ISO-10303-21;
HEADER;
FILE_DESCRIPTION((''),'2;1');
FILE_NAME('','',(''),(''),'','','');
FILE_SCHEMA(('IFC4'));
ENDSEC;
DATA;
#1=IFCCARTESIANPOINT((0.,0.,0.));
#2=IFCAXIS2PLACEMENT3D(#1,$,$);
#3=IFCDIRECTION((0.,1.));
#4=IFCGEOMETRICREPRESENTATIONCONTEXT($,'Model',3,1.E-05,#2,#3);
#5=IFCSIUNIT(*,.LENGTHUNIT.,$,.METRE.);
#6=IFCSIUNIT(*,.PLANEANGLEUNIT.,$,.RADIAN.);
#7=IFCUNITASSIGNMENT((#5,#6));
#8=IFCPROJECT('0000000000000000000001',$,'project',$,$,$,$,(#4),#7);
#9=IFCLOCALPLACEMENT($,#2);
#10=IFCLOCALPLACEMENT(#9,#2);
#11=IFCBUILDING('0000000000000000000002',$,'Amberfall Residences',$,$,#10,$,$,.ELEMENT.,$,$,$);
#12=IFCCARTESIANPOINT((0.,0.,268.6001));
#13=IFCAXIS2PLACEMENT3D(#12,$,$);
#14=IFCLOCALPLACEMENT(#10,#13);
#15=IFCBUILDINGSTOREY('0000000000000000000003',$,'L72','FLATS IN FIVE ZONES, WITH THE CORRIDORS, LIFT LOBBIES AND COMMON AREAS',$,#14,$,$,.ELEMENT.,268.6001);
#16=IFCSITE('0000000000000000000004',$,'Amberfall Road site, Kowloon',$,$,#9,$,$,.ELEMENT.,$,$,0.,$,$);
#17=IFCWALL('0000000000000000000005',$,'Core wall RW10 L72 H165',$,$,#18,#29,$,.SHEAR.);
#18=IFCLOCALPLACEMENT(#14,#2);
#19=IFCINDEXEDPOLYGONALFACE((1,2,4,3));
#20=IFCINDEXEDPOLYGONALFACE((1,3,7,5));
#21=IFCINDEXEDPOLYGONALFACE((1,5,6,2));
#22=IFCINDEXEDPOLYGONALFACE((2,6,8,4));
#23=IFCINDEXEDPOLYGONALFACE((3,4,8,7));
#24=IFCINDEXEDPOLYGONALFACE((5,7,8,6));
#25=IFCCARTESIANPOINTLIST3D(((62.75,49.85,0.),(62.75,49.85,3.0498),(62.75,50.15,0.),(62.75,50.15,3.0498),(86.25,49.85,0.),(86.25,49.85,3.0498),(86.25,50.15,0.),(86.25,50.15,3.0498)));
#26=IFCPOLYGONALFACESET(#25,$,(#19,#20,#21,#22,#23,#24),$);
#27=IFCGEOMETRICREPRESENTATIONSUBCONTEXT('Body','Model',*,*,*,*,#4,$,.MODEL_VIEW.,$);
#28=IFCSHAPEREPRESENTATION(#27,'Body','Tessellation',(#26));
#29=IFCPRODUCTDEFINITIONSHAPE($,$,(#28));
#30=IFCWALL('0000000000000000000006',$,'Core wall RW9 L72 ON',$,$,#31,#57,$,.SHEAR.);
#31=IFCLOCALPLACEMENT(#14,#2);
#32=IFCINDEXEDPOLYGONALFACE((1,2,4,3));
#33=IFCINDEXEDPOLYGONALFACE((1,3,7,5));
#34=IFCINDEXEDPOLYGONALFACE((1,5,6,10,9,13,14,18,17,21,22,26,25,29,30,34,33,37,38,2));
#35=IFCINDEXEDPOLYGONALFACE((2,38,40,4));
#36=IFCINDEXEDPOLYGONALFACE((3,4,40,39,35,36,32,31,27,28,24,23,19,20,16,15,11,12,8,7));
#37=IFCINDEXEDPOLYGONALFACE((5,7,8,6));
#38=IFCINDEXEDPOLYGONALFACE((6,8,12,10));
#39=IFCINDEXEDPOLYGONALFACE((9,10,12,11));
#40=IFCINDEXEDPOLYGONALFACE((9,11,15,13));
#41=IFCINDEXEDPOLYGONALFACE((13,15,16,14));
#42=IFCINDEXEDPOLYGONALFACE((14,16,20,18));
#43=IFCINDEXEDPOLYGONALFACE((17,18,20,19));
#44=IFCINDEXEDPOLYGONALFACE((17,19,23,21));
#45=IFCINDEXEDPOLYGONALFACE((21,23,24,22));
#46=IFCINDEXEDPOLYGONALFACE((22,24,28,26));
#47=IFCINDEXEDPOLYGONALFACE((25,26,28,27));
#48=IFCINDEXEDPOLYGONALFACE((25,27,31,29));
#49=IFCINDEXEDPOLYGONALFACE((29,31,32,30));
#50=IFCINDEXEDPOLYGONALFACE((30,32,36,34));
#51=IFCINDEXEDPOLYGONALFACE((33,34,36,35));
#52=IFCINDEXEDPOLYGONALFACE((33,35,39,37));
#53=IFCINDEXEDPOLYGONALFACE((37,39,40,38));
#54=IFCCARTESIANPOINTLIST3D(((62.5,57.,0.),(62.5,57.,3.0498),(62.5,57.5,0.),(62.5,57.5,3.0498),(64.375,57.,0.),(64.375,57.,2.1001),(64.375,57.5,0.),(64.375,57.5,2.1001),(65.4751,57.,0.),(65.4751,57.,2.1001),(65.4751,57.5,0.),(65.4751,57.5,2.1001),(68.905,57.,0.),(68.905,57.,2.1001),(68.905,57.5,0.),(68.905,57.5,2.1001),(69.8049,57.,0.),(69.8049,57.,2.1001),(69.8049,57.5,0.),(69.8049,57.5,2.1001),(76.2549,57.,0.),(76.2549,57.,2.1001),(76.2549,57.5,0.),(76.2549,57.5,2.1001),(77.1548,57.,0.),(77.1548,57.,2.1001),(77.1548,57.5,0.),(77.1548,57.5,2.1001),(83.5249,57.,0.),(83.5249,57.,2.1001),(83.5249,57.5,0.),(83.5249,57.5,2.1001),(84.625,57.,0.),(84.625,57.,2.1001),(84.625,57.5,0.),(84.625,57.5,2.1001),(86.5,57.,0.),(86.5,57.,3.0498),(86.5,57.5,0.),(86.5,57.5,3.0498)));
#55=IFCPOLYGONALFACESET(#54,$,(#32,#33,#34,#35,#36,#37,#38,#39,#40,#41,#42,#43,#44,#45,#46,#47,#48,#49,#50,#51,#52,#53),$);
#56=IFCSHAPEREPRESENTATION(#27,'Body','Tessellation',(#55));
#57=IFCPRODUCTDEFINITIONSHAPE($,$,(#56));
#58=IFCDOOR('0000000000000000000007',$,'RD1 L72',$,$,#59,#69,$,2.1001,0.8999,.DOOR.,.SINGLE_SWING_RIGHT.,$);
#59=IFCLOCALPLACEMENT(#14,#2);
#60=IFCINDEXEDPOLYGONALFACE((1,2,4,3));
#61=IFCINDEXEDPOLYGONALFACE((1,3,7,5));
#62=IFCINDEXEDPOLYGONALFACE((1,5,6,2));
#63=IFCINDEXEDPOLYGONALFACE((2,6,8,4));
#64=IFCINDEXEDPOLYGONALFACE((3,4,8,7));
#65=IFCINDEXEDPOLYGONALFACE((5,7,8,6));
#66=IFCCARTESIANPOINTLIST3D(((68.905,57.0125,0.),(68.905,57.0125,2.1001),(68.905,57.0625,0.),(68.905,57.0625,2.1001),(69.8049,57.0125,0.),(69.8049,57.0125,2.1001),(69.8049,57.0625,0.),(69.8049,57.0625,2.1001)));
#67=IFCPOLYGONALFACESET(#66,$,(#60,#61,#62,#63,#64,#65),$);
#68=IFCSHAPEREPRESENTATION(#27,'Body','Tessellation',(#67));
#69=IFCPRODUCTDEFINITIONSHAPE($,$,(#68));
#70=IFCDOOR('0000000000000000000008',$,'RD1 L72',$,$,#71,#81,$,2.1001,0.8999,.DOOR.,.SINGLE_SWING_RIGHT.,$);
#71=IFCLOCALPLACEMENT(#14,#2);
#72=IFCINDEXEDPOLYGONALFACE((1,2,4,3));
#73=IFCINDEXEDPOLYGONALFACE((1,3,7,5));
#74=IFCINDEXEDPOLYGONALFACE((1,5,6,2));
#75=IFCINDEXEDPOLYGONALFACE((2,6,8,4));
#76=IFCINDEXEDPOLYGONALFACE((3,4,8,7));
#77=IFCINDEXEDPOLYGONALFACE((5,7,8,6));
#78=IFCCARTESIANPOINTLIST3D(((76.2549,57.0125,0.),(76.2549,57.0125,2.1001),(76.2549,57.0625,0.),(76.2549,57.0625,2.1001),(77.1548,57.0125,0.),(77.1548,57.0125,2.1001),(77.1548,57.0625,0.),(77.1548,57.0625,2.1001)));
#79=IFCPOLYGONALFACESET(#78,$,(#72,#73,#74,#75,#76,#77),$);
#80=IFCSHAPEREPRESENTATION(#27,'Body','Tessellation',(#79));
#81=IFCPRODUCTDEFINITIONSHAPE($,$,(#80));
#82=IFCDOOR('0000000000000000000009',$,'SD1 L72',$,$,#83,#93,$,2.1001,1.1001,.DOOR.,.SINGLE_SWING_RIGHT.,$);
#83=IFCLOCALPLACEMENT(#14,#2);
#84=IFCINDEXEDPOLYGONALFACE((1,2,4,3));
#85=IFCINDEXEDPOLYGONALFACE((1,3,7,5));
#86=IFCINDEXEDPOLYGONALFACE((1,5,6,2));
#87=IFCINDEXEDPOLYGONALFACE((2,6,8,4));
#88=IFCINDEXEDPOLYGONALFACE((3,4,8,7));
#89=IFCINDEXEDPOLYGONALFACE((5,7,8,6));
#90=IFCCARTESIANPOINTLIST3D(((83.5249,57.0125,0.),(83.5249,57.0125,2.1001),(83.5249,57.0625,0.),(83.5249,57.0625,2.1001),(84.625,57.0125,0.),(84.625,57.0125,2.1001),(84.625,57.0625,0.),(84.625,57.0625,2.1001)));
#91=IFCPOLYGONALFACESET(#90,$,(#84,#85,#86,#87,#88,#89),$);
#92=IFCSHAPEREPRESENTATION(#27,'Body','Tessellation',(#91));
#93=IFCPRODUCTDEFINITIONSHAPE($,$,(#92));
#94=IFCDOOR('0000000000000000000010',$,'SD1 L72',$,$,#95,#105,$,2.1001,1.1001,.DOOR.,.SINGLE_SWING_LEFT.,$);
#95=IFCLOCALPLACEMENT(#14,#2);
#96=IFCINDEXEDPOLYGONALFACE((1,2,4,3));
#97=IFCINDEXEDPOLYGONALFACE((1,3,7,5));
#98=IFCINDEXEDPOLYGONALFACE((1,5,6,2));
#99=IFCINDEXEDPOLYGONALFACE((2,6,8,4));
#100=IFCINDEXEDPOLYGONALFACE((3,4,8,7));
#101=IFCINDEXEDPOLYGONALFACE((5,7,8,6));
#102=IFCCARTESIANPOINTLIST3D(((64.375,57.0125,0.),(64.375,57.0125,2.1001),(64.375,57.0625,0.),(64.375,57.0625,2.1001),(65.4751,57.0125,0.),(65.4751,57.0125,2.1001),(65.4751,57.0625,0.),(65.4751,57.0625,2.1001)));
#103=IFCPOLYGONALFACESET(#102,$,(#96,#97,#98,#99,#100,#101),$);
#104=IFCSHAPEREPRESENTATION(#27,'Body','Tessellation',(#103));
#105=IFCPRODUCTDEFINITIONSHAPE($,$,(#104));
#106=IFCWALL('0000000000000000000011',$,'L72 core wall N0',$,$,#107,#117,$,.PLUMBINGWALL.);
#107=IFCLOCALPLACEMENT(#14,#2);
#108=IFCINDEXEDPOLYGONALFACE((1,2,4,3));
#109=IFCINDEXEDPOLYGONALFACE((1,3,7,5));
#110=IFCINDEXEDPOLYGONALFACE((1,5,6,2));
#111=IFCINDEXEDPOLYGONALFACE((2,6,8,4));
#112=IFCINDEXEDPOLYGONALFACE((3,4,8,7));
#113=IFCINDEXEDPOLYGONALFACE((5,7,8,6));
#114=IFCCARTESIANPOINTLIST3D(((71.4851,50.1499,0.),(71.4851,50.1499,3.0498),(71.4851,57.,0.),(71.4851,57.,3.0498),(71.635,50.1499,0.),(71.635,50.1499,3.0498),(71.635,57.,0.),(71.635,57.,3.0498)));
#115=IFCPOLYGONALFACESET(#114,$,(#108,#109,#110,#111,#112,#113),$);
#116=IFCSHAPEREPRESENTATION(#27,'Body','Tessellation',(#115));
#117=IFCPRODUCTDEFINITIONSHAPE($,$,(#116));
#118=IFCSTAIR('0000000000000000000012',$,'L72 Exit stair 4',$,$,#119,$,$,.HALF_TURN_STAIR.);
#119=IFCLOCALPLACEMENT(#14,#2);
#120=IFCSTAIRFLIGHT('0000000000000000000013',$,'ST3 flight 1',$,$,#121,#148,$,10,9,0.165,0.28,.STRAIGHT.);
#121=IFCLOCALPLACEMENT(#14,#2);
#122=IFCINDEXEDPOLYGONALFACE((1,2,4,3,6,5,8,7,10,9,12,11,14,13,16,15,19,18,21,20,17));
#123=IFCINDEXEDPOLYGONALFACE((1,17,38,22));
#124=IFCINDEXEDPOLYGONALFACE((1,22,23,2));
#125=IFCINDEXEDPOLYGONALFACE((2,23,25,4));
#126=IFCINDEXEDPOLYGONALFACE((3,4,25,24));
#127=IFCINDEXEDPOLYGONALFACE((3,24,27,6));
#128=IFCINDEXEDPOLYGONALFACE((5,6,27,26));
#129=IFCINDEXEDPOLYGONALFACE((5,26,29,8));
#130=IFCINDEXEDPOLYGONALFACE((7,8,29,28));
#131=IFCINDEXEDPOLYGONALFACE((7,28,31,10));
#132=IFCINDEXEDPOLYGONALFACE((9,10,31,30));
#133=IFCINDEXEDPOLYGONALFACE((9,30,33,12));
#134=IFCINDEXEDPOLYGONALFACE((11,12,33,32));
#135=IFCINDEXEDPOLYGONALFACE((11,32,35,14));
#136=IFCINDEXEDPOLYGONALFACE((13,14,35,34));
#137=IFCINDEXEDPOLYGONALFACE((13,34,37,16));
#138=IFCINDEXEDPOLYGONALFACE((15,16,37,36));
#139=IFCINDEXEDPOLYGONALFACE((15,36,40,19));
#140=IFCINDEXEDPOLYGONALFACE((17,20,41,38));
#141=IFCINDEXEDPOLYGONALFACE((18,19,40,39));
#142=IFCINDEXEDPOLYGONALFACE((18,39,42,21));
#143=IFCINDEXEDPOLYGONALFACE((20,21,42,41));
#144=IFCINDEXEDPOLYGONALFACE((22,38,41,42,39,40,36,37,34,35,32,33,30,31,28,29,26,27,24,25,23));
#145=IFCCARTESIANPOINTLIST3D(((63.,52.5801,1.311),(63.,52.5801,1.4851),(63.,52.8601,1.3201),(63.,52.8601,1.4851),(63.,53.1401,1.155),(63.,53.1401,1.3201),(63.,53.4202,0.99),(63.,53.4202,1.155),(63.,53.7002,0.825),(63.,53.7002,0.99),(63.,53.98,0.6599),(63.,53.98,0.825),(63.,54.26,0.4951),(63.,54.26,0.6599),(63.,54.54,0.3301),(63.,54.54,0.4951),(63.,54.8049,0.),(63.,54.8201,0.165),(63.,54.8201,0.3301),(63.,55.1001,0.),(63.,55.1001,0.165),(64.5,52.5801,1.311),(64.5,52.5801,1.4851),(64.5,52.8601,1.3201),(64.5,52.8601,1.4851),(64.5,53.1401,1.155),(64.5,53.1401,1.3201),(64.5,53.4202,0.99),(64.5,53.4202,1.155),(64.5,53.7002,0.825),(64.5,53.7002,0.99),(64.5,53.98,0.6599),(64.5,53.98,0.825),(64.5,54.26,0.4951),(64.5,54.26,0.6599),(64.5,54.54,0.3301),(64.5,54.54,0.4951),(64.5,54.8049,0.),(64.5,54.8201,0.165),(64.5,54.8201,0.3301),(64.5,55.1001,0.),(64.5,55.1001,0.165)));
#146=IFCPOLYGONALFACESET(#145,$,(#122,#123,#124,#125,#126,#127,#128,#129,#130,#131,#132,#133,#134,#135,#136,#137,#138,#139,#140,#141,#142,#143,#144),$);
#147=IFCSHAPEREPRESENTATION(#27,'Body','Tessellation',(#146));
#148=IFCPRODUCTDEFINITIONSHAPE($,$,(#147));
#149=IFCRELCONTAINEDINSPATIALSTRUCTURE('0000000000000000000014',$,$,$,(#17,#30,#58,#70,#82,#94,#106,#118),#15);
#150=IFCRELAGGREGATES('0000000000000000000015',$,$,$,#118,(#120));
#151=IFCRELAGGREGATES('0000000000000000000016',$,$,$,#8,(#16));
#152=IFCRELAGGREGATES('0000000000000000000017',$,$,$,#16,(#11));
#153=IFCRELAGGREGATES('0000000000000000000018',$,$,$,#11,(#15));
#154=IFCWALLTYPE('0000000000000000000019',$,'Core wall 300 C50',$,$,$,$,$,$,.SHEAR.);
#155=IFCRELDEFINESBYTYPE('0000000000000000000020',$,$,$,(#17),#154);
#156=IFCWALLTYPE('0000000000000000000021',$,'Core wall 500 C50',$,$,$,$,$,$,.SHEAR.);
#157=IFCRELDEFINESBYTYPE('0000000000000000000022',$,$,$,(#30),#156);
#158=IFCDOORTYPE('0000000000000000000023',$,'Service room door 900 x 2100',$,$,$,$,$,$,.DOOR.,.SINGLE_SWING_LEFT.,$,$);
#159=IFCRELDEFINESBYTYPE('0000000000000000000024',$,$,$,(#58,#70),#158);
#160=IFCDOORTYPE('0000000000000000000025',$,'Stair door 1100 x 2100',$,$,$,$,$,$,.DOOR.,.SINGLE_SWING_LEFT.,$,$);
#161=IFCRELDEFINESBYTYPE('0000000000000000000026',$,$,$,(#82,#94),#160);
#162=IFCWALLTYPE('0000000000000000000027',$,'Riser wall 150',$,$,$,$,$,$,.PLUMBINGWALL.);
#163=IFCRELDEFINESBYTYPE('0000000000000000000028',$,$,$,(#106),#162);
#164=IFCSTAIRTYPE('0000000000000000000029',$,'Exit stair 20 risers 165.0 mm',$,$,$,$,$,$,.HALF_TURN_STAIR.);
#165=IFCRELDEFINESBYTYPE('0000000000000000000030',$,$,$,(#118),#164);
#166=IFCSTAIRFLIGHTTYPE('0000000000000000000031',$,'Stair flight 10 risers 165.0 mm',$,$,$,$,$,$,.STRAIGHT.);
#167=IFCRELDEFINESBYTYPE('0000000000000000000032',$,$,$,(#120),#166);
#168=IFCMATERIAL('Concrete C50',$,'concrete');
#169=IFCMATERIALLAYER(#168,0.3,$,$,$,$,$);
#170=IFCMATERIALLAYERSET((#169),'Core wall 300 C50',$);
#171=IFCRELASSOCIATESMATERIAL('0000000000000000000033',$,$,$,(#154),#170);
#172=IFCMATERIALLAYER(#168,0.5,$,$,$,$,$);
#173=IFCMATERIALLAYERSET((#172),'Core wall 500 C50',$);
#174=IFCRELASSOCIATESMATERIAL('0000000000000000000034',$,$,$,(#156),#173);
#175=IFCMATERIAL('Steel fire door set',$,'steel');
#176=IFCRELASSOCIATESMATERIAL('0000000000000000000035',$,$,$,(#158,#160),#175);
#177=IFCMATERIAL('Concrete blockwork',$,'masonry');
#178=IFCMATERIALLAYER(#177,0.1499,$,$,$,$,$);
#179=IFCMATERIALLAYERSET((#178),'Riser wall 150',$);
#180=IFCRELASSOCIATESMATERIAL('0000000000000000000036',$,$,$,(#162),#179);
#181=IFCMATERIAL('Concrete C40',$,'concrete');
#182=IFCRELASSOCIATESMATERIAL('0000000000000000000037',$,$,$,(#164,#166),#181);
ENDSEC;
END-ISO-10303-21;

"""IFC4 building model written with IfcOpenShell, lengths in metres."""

from ifc_helpers import new_model, si_unit, direction, frame, frame_2d, origin, place, context, subcontext, project, spatial, polyline, rectangle, outline, extrude, material, layer, layer_set, type_object, element, fill, aggregate, save


model = new_model("IFC4")

# Units and contexts
model_context = context("Model", 3, precision=1e-05, world=origin(), true_north=direction((0.0, 1.0)))
body_context = subcontext(model_context, "Body", "Model", "MODEL_VIEW")
ifc_project = project(units=[si_unit("LENGTHUNIT", "METRE"), si_unit("PLANEANGLEUNIT", "RADIAN")], contexts=[model_context])

# Site, building, storey
site_placement = place(None, origin())
site = spatial("IfcSite", under=ifc_project, at=site_placement, Name="Amberfall Road site, Kowloon", CompositionType="ELEMENT", RefElevation=0.0)
building_placement = place(site_placement, origin())
building = spatial("IfcBuilding", under=site, at=building_placement, Name="Amberfall Residences", CompositionType="ELEMENT")
storey_placement = place(building_placement, frame((0.0, 0.0, 268.6001)))
storey = spatial("IfcBuildingStorey", under=building, at=storey_placement, Name="L72", Description="FLATS IN FIVE ZONES, WITH THE CORRIDORS, LIFT LOBBIES AND COMMON AREAS", CompositionType="ELEMENT", Elevation=268.6001)

# Wall
ifc_material_1 = material(Name="Concrete C50", Category="concrete")
ifc_layer_1 = layer(ifc_material_1, 0.3)
ifc_layer_set_1 = layer_set([ifc_layer_1], Name="Core wall 300 C50")
wall_type_1 = type_object("IfcWallType", Name="Core wall 300 C50", PredefinedType="SHEAR", material=ifc_layer_set_1)
wall_1_placement = place(storey_placement, frame((62.75, 50.0, 0.0), z_axis=(0.0, 0.0, 1.0), x_axis=(1.0, 0.0, 0.0)))
element("IfcWall", 1, at=wall_1_placement, inside=storey, type_object=wall_type_1, Name="Core wall RW10 L72 H165", PredefinedType="SHEAR", context=body_context, shape_type="SweptSolid", body=[
    extrude(rectangle(XDim=23.5, YDim=0.3, at=frame_2d((11.75, 0.0))), origin(), (0.0, 0.0, 1.0), 3.0498),
])

# Wall, openings, doors
ifc_layer_2 = layer(ifc_material_1, 0.5)
ifc_layer_set_2 = layer_set([ifc_layer_2], Name="Core wall 500 C50")
wall_type_2 = type_object("IfcWallType", Name="Core wall 500 C50", PredefinedType="SHEAR", material=ifc_layer_set_2)
wall_2_placement = place(storey_placement, frame((62.5, 57.25, 0.0), z_axis=(0.0, 0.0, 1.0), x_axis=(1.0, 0.0, 0.0)))
wall_2 = element("IfcWall", 2, at=wall_2_placement, inside=storey, type_object=wall_type_2, Name="Core wall RW9 L72 ON", PredefinedType="SHEAR", context=body_context, shape_type="SweptSolid", body=[
    extrude(rectangle(XDim=24.0, YDim=0.5, at=frame_2d((12.0, 0.0))), origin(), (0.0, 0.0, 1.0), 3.0498),
])
opening_1_placement = place(wall_2_placement, frame((21.0249, 0.0, 0.0)))
opening_1 = element("IfcOpeningElement", 3, at=opening_1_placement, cuts=wall_2, PredefinedType="OPENING", context=body_context, shape_type="SweptSolid", body=[
    extrude(rectangle(XDim=1.1001, YDim=2.1001, at=frame_2d((0.55, 1.05))), frame((0.0, 0.26, 0.0), z_axis=(0.0, -1.0, 0.0), x_axis=(1.0, 0.0, 0.0)), (0.0, 0.0, 1.0), 0.52),
])
opening_2_placement = place(wall_2_placement, frame((1.875, 0.0, 0.0)))
opening_2 = element("IfcOpeningElement", 4, at=opening_2_placement, cuts=wall_2, PredefinedType="OPENING", context=body_context, shape_type="SweptSolid", body=[
    extrude(rectangle(XDim=1.1001, YDim=2.1001, at=frame_2d((0.55, 1.05))), frame((0.0, 0.26, 0.0), z_axis=(0.0, -1.0, 0.0), x_axis=(1.0, 0.0, 0.0)), (0.0, 0.0, 1.0), 0.52),
])
opening_3_placement = place(wall_2_placement, frame((6.405, 0.0, 0.0)))
opening_3 = element("IfcOpeningElement", 5, at=opening_3_placement, cuts=wall_2, PredefinedType="OPENING", context=body_context, shape_type="SweptSolid", body=[
    extrude(rectangle(XDim=0.8999, YDim=2.1001, at=frame_2d((0.45, 1.05))), frame((0.0, 0.26, 0.0), z_axis=(0.0, -1.0, 0.0), x_axis=(1.0, 0.0, 0.0)), (0.0, 0.0, 1.0), 0.52),
])
opening_4_placement = place(wall_2_placement, frame((13.7549, 0.0, 0.0)))
opening_4 = element("IfcOpeningElement", 6, at=opening_4_placement, cuts=wall_2, PredefinedType="OPENING", context=body_context, shape_type="SweptSolid", body=[
    extrude(rectangle(XDim=0.8999, YDim=2.1001, at=frame_2d((0.45, 1.05))), frame((0.0, 0.26, 0.0), z_axis=(0.0, -1.0, 0.0), x_axis=(1.0, 0.0, 0.0)), (0.0, 0.0, 1.0), 0.52),
])
ifc_material_2 = material(Name="Steel fire door set", Category="steel")
door_type_1 = type_object("IfcDoorType", Name="Service room door 900 x 2100", OperationType="SINGLE_SWING_LEFT", PredefinedType="DOOR", material=ifc_material_2)
door_1_placement = place(opening_3_placement, origin())
door_1 = element("IfcDoor", 7, at=door_1_placement, inside=storey, type_object=door_type_1, Name="RD1 L72", OperationType="SINGLE_SWING_RIGHT", OverallHeight=2.1001, OverallWidth=0.8999, PredefinedType="DOOR", context=body_context, shape_type="SweptSolid", body=[
    extrude(rectangle(XDim=0.8999, YDim=2.1001, at=frame_2d((0.45, 1.05))), frame((0.0, -0.1875, 0.0), z_axis=(0.0, -1.0, 0.0), x_axis=(1.0, 0.0, 0.0)), (0.0, 0.0, 1.0), 0.05),
])
fill(opening_3, door_1)
door_2_placement = place(opening_4_placement, origin())
door_2 = element("IfcDoor", 8, at=door_2_placement, inside=storey, type_object=door_type_1, Name="RD1 L72", OperationType="SINGLE_SWING_RIGHT", OverallHeight=2.1001, OverallWidth=0.8999, PredefinedType="DOOR", context=body_context, shape_type="SweptSolid", body=[
    extrude(rectangle(XDim=0.8999, YDim=2.1001, at=frame_2d((0.45, 1.05))), frame((0.0, -0.1875, 0.0), z_axis=(0.0, -1.0, 0.0), x_axis=(1.0, 0.0, 0.0)), (0.0, 0.0, 1.0), 0.05),
])
fill(opening_4, door_2)
door_type_2 = type_object("IfcDoorType", Name="Stair door 1100 x 2100", OperationType="SINGLE_SWING_LEFT", PredefinedType="DOOR", material=ifc_material_2)
door_3_placement = place(opening_1_placement, origin())
door_3 = element("IfcDoor", 9, at=door_3_placement, inside=storey, type_object=door_type_2, Name="SD1 L72", OperationType="SINGLE_SWING_RIGHT", OverallHeight=2.1001, OverallWidth=1.1001, PredefinedType="DOOR", context=body_context, shape_type="SweptSolid", body=[
    extrude(rectangle(XDim=1.1001, YDim=2.1001, at=frame_2d((0.55, 1.05))), frame((0.0, -0.1875, 0.0), z_axis=(0.0, -1.0, 0.0), x_axis=(1.0, 0.0, 0.0)), (0.0, 0.0, 1.0), 0.05),
])
fill(opening_1, door_3)
door_4_placement = place(opening_2_placement, origin())
door_4 = element("IfcDoor", 10, at=door_4_placement, inside=storey, type_object=door_type_2, Name="SD1 L72", OperationType="SINGLE_SWING_LEFT", OverallHeight=2.1001, OverallWidth=1.1001, PredefinedType="DOOR", context=body_context, shape_type="SweptSolid", body=[
    extrude(rectangle(XDim=1.1001, YDim=2.1001, at=frame_2d((0.55, 1.05))), frame((0.0, -0.1875, 0.0), z_axis=(0.0, -1.0, 0.0), x_axis=(1.0, 0.0, 0.0)), (0.0, 0.0, 1.0), 0.05),
])
fill(opening_2, door_4)

# Wall
ifc_material_3 = material(Name="Concrete blockwork", Category="masonry")
ifc_layer_3 = layer(ifc_material_3, 0.1499)
ifc_layer_set_3 = layer_set([ifc_layer_3], Name="Riser wall 150")
wall_type_3 = type_object("IfcWallType", Name="Riser wall 150", PredefinedType="PLUMBINGWALL", material=ifc_layer_set_3)
wall_3_placement = place(storey_placement, frame((71.5601, 50.1499, 0.0), z_axis=(0.0, 0.0, 1.0), x_axis=(0.0, 1.0, 0.0)))
element("IfcWall", 11, at=wall_3_placement, inside=storey, type_object=wall_type_3, Name="L72 core wall N0", PredefinedType="PLUMBINGWALL", context=body_context, shape_type="SweptSolid", body=[
    extrude(rectangle(XDim=6.8501, YDim=0.1499, at=frame_2d((3.425, 0.0))), origin(), (0.0, 0.0, 1.0), 3.0498),
])

# Stair, stair flight
ifc_material_4 = material(Name="Concrete C40", Category="concrete")
stair_type = type_object("IfcStairType", Name="Exit stair 20 risers 165.0 mm", PredefinedType="HALF_TURN_STAIR", material=ifc_material_4)
stair_placement = place(storey_placement, origin())
stair = element("IfcStair", 12, at=stair_placement, inside=storey, type_object=stair_type, Name="L72 Exit stair 4", PredefinedType="HALF_TURN_STAIR")
stair_flight_type = type_object("IfcStairFlightType", Name="Stair flight 10 risers 165.0 mm", PredefinedType="STRAIGHT", material=ifc_material_4)
stair_flight_1_placement = place(storey_placement, frame((63.75, 55.1001, 0.0), z_axis=(0.0, 0.0, 1.0), x_axis=(0.0, -1.0, 0.0)))
stair_flight_1 = element("IfcStairFlight", 13, at=stair_flight_1_placement, type_object=stair_flight_type, Name="ST3 flight 1", NumberOfRisers=10, NumberOfTreads=9, PredefinedType="STRAIGHT", RiserHeight=0.165, TreadLength=0.28, context=body_context, shape_type="SweptSolid", body=[
    extrude(outline(polyline([(0.0, 0.0), (0.0, 0.165), (0.28, 0.165), (0.28, 0.3301), (0.5601, 0.3301), (0.5601, 0.4951), (0.8401, 0.4951), (0.8401, 0.6599), (1.1201, 0.6599), (1.1201, 0.825), (1.3999, 0.825), (1.3999, 0.99), (1.6799, 0.99), (1.6799, 1.155), (1.96, 1.155), (1.96, 1.3201), (2.24, 1.3201), (2.24, 1.4851), (2.52, 1.4851), (2.52, 1.6499), (2.52, 1.311), (0.2952, 0.0), (0.0, 0.0)])), frame((0.0, 0.75, 0.0), z_axis=(0.0, -1.0, 0.0), x_axis=(1.0, 0.0, 0.0)), (0.0, 0.0, 1.0), 1.5),
])
aggregate(stair, [stair_flight_1])

save(model, "model.ifc")
